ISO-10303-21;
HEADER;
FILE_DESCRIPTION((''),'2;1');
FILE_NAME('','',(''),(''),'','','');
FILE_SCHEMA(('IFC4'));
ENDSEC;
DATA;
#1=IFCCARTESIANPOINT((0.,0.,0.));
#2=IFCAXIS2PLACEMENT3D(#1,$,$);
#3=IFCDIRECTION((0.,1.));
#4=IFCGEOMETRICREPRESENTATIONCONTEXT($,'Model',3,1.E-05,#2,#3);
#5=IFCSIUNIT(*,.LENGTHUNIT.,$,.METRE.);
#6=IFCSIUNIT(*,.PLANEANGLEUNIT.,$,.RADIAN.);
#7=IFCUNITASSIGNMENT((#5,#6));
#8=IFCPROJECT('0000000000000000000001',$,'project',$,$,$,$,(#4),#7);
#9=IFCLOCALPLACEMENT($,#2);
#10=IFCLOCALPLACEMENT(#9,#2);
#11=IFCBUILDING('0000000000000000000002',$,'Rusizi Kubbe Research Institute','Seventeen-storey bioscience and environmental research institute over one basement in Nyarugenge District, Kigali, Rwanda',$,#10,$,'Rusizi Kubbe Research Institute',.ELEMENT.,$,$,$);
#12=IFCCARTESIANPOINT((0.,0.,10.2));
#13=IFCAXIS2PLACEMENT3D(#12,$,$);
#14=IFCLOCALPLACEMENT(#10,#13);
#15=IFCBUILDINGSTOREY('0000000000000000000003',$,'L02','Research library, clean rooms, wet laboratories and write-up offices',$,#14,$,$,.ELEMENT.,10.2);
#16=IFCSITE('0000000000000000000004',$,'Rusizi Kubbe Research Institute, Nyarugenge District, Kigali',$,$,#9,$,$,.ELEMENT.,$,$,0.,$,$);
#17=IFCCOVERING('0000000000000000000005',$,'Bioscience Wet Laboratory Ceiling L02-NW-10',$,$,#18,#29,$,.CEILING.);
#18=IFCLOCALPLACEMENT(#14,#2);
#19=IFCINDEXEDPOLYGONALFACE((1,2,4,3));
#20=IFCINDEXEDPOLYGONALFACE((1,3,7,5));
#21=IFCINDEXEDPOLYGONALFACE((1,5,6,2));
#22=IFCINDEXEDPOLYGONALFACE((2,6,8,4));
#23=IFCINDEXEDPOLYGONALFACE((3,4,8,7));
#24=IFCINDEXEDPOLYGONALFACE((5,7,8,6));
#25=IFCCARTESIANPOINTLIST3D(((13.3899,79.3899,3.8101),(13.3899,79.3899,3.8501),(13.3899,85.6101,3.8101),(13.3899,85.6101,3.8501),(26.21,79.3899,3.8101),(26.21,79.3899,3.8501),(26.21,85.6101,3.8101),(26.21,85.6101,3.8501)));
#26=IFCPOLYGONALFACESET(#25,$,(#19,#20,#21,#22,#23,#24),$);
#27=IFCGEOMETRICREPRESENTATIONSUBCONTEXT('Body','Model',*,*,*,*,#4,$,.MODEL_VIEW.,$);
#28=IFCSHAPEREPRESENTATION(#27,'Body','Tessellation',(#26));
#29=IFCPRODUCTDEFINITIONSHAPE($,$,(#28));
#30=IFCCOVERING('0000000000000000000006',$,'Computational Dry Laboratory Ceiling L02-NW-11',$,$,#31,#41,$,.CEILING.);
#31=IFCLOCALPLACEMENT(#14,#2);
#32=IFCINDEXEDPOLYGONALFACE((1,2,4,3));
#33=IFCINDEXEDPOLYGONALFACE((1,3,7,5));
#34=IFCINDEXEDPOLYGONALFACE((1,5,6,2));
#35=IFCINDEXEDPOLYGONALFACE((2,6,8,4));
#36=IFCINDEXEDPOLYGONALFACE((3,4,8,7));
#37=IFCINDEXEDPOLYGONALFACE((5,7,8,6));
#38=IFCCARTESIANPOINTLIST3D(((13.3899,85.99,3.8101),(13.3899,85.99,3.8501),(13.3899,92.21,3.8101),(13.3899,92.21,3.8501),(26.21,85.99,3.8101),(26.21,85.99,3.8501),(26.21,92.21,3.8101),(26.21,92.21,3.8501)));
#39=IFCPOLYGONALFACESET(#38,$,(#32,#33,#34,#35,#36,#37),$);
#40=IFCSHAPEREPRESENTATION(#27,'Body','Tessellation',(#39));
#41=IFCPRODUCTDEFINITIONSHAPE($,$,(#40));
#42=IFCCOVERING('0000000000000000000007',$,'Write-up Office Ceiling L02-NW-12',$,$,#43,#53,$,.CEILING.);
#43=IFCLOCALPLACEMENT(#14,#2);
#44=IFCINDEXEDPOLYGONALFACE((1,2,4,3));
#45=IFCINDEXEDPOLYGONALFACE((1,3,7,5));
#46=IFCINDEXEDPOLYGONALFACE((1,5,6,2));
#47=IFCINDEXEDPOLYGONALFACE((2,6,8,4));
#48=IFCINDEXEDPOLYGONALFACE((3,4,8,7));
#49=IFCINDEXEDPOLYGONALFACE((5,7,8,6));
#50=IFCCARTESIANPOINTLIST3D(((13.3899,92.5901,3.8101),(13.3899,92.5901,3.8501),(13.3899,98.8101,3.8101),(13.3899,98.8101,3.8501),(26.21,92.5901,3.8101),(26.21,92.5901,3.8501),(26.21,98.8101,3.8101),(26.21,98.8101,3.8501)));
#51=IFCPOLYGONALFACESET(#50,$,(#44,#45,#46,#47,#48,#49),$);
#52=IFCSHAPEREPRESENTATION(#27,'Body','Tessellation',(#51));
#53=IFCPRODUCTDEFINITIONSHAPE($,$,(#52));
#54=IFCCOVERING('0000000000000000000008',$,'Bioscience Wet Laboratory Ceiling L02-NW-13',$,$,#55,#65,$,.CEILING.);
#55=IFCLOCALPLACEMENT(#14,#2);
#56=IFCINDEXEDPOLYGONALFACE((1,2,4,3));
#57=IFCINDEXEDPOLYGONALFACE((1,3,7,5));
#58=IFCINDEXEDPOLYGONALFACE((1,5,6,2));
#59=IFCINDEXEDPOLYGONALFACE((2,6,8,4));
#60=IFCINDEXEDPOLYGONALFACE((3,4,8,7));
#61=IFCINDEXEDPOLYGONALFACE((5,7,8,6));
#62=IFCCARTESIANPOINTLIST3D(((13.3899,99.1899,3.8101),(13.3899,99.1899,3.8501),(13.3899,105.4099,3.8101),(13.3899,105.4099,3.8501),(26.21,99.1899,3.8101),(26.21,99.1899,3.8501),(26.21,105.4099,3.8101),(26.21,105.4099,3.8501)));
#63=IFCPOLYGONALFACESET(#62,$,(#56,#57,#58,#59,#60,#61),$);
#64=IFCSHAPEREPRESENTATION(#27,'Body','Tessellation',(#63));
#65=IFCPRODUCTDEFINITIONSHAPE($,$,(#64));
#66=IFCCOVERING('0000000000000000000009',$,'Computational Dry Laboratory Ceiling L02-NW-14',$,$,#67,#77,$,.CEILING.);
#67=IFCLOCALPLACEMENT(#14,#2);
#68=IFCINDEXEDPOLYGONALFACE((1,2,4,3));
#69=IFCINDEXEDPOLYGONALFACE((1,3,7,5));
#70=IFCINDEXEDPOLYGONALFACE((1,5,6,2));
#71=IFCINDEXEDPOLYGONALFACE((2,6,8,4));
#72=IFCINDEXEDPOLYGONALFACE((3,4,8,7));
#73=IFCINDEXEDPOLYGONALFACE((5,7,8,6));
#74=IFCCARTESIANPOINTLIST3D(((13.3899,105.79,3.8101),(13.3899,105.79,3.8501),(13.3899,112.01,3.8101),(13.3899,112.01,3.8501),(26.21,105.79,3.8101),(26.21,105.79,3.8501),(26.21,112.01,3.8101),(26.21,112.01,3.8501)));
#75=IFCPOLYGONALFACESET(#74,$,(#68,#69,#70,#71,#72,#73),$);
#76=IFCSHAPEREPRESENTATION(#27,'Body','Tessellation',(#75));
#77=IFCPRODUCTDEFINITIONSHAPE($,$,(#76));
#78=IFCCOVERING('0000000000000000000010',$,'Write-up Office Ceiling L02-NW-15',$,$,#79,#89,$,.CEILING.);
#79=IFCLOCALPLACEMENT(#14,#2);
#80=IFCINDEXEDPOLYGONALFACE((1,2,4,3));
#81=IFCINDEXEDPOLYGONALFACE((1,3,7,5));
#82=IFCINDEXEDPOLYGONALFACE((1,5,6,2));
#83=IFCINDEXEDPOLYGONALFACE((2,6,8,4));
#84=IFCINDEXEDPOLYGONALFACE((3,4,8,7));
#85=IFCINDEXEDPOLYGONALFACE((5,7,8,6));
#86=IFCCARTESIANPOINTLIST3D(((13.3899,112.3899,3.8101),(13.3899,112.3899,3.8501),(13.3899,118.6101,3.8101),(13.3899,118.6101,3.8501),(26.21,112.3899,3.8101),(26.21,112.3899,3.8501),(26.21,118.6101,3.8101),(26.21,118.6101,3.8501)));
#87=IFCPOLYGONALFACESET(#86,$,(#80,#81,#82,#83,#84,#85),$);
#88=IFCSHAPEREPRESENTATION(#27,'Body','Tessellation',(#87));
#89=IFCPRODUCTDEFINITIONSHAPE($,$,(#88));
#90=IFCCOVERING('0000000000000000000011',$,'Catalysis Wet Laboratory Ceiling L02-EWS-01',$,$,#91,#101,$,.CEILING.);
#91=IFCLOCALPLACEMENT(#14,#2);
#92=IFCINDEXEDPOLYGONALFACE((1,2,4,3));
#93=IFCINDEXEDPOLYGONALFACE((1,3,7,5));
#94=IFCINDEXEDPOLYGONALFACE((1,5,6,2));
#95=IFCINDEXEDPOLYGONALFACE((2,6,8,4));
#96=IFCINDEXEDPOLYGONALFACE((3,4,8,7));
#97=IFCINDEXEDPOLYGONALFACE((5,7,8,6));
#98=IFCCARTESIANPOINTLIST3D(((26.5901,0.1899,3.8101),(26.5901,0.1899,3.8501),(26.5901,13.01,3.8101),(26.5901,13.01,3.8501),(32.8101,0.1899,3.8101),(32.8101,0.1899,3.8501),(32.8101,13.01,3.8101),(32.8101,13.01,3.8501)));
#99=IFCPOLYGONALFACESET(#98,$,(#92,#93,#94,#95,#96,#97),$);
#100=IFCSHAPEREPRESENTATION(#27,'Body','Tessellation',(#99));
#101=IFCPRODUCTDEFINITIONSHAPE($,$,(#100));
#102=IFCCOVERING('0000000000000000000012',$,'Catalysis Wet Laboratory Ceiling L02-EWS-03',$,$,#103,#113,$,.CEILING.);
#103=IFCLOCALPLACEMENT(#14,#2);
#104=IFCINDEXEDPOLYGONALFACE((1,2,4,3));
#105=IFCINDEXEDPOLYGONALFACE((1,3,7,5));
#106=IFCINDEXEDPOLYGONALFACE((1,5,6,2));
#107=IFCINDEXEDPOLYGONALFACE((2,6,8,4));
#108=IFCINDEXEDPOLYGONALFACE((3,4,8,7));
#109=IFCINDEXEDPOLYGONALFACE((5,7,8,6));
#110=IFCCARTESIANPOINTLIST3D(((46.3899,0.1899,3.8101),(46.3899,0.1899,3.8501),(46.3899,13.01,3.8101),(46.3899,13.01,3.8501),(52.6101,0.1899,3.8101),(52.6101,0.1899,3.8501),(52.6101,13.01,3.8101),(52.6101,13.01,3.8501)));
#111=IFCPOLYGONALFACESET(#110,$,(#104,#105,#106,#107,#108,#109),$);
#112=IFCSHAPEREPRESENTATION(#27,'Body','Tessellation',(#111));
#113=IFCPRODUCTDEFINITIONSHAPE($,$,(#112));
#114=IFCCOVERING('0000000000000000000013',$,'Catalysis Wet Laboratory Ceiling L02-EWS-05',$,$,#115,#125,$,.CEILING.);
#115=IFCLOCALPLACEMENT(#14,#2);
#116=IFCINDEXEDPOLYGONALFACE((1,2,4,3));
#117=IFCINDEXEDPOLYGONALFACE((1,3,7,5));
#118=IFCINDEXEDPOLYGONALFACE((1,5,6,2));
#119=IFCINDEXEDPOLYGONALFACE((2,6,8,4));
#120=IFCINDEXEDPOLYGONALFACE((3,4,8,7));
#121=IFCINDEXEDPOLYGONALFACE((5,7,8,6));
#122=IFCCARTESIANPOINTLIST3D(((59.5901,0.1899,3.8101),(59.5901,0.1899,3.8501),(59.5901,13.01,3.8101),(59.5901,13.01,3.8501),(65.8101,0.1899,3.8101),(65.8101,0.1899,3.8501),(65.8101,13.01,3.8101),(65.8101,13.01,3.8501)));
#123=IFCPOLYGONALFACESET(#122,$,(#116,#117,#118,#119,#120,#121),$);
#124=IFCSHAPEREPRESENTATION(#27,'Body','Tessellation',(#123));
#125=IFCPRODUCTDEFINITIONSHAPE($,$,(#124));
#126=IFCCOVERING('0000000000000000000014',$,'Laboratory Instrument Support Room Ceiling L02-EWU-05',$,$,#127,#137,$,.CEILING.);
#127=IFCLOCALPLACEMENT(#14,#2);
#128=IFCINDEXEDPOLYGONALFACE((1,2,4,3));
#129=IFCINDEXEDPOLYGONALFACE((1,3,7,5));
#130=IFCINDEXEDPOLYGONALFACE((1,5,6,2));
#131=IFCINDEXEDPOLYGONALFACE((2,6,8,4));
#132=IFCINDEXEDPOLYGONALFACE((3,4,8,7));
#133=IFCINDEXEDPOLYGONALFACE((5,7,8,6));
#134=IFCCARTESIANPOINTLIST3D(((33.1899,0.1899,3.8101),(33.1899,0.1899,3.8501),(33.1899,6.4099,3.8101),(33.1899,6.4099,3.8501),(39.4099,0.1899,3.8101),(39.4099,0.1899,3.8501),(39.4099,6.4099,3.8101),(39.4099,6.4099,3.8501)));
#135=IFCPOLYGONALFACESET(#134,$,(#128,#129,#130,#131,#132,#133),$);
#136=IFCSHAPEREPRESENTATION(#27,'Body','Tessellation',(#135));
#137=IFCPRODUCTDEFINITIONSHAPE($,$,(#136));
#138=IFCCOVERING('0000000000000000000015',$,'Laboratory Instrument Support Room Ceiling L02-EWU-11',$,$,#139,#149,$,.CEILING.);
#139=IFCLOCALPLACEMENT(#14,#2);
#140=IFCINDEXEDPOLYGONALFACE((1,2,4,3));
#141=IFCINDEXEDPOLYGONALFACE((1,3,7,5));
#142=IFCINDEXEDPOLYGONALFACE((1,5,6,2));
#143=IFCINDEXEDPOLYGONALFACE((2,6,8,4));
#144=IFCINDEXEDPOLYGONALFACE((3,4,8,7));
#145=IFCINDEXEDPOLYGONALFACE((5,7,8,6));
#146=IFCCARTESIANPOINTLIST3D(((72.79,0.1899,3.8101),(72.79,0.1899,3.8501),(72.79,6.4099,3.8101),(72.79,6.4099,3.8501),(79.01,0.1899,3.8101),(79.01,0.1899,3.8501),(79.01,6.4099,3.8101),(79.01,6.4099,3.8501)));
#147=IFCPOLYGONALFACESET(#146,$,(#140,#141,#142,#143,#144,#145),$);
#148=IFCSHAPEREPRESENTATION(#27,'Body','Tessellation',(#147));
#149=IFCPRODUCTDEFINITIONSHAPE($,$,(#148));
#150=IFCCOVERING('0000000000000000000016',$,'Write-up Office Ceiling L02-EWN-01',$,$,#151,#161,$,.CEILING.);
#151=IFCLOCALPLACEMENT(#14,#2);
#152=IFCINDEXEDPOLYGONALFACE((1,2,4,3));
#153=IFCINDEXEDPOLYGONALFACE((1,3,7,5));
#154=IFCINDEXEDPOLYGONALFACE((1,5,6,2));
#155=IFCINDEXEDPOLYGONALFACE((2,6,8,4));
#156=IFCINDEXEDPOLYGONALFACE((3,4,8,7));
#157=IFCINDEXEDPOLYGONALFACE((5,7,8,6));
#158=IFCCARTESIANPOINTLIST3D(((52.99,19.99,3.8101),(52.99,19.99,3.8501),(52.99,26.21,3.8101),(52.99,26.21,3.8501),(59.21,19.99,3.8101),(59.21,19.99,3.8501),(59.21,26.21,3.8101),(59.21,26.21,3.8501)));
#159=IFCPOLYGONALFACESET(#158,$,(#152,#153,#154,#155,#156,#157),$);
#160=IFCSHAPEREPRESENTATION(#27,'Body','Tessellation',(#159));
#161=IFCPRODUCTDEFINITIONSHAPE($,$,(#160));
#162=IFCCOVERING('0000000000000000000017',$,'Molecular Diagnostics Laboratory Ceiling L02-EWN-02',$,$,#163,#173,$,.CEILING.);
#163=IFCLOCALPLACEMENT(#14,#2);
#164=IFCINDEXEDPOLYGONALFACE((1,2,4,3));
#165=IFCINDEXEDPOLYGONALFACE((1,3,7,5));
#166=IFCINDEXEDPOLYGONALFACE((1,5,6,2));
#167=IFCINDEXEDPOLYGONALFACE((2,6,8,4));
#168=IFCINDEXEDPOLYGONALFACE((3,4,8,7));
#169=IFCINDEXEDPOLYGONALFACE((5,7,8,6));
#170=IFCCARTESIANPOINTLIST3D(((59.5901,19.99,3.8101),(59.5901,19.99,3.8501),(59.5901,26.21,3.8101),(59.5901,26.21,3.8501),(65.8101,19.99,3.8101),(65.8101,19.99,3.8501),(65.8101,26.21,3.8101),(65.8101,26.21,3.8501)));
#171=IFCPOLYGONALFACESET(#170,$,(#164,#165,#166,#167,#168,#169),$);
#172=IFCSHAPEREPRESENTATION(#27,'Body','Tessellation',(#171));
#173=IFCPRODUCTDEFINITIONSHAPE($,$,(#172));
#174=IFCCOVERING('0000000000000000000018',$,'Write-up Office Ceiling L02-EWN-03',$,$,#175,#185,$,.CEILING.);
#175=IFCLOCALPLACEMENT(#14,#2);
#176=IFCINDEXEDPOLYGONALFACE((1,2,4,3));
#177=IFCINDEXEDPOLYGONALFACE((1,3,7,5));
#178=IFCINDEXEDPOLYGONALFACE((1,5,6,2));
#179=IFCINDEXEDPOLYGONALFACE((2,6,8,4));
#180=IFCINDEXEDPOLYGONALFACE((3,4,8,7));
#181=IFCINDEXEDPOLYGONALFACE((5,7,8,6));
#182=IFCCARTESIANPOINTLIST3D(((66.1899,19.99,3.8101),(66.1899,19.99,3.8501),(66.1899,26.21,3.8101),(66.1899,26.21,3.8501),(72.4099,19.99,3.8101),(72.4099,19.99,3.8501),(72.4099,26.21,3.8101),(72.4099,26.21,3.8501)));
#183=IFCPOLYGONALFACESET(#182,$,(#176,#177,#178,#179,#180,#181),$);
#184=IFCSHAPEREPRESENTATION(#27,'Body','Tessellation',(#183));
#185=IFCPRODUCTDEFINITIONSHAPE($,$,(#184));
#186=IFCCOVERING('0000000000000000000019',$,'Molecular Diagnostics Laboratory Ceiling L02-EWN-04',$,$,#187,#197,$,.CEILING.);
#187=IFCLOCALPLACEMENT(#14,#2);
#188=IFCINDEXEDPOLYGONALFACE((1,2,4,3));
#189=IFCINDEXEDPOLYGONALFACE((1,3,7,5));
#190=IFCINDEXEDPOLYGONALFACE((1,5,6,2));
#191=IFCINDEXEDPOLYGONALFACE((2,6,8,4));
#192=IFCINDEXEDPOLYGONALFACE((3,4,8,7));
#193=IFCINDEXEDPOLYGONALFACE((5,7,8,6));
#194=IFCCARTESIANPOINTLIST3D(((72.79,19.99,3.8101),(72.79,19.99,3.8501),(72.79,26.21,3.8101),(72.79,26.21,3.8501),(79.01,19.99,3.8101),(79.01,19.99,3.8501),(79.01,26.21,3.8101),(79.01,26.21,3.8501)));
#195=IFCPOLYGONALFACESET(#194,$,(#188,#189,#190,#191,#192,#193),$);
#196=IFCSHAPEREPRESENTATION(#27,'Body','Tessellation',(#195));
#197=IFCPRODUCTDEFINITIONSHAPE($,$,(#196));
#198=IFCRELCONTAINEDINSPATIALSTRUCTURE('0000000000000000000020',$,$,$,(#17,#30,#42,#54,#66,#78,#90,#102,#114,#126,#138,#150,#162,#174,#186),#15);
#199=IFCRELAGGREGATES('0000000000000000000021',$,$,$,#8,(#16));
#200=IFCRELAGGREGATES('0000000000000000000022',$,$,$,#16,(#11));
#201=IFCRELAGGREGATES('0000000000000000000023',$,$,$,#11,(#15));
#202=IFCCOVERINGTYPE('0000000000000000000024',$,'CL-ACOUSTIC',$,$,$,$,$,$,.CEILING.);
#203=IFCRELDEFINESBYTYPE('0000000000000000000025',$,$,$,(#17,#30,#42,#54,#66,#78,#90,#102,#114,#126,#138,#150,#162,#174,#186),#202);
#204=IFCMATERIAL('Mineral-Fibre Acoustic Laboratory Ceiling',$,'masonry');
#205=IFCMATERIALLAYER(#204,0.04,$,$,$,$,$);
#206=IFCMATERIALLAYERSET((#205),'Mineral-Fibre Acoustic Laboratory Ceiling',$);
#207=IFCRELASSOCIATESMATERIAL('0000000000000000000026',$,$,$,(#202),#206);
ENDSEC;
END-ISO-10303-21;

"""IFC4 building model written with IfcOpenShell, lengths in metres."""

from ifc_helpers import new_model, si_unit, direction, frame, origin, place, context, subcontext, project, spatial, polyline, outline, extrude, material, layer, layer_set, type_object, element, save


model = new_model("IFC4")

# Units and contexts
model_context = context("Model", 3, precision=1e-05, world=origin(), true_north=direction((0.0, 1.0)))
body_context = subcontext(model_context, "Body", "Model", "MODEL_VIEW")
ifc_project = project(units=[si_unit("LENGTHUNIT", "METRE"), si_unit("PLANEANGLEUNIT", "RADIAN")], contexts=[model_context])

# Site, building, storey
site_placement = place(None, origin())
site = spatial("IfcSite", under=ifc_project, at=site_placement, Name="Rusizi Kubbe Research Institute, Nyarugenge District, Kigali", CompositionType="ELEMENT", RefElevation=0.0)
building_placement = place(site_placement, origin())
building = spatial("IfcBuilding", under=site, at=building_placement, Name="Rusizi Kubbe Research Institute", Description="Seventeen-storey bioscience and environmental research institute over one basement in Nyarugenge District, Kigali, Rwanda", LongName="Rusizi Kubbe Research Institute", CompositionType="ELEMENT")
storey_placement = place(building_placement, frame((0.0, 0.0, 10.2)))
storey = spatial("IfcBuildingStorey", under=building, at=storey_placement, Name="L02", Description="Research library, clean rooms, wet laboratories and write-up offices", CompositionType="ELEMENT", Elevation=10.2)

# Coverings
ifc_material_1 = material(Name="Mineral-Fibre Acoustic Laboratory Ceiling", Category="masonry")
ifc_layer_1 = layer(ifc_material_1, 0.04)
ifc_layer_set_1 = layer_set([ifc_layer_1], Name="Mineral-Fibre Acoustic Laboratory Ceiling")
covering_type_1 = type_object("IfcCoveringType", Name="CL-ACOUSTIC", PredefinedType="CEILING", material=ifc_layer_set_1)
covering_1_placement = place(storey_placement, frame((0.0, 0.0, 3.8101)))
element("IfcCovering", 1, at=covering_1_placement, inside=storey, type_object=covering_type_1, Name="Bioscience Wet Laboratory Ceiling L02-NW-10", PredefinedType="CEILING", context=body_context, shape_type="SweptSolid", body=[
    extrude(outline(polyline([(13.3899, 79.3899), (26.21, 79.3899), (26.21, 85.6101), (13.3899, 85.6101), (13.3899, 79.3899)])), origin(), (0.0, 0.0, 1.0), 0.04),
])
covering_2_placement = place(storey_placement, frame((0.0, 0.0, 3.8101)))
element("IfcCovering", 2, at=covering_2_placement, inside=storey, type_object=covering_type_1, Name="Computational Dry Laboratory Ceiling L02-NW-11", PredefinedType="CEILING", context=body_context, shape_type="SweptSolid", body=[
    extrude(outline(polyline([(13.3899, 85.99), (26.21, 85.99), (26.21, 92.21), (13.3899, 92.21), (13.3899, 85.99)])), origin(), (0.0, 0.0, 1.0), 0.04),
])
covering_3_placement = place(storey_placement, frame((0.0, 0.0, 3.8101)))
element("IfcCovering", 3, at=covering_3_placement, inside=storey, type_object=covering_type_1, Name="Write-up Office Ceiling L02-NW-12", PredefinedType="CEILING", context=body_context, shape_type="SweptSolid", body=[
    extrude(outline(polyline([(13.3899, 92.5901), (26.21, 92.5901), (26.21, 98.8101), (13.3899, 98.8101), (13.3899, 92.5901)])), origin(), (0.0, 0.0, 1.0), 0.04),
])
covering_4_placement = place(storey_placement, frame((0.0, 0.0, 3.8101)))
element("IfcCovering", 4, at=covering_4_placement, inside=storey, type_object=covering_type_1, Name="Bioscience Wet Laboratory Ceiling L02-NW-13", PredefinedType="CEILING", context=body_context, shape_type="SweptSolid", body=[
    extrude(outline(polyline([(13.3899, 99.1899), (26.21, 99.1899), (26.21, 105.4099), (13.3899, 105.4099), (13.3899, 99.1899)])), origin(), (0.0, 0.0, 1.0), 0.04),
])
covering_5_placement = place(storey_placement, frame((0.0, 0.0, 3.8101)))
element("IfcCovering", 5, at=covering_5_placement, inside=storey, type_object=covering_type_1, Name="Computational Dry Laboratory Ceiling L02-NW-14", PredefinedType="CEILING", context=body_context, shape_type="SweptSolid", body=[
    extrude(outline(polyline([(13.3899, 105.79), (26.21, 105.79), (26.21, 112.01), (13.3899, 112.01), (13.3899, 105.79)])), origin(), (0.0, 0.0, 1.0), 0.04),
])
covering_6_placement = place(storey_placement, frame((0.0, 0.0, 3.8101)))
element("IfcCovering", 6, at=covering_6_placement, inside=storey, type_object=covering_type_1, Name="Write-up Office Ceiling L02-NW-15", PredefinedType="CEILING", context=body_context, shape_type="SweptSolid", body=[
    extrude(outline(polyline([(13.3899, 112.3899), (26.21, 112.3899), (26.21, 118.6101), (13.3899, 118.6101), (13.3899, 112.3899)])), origin(), (0.0, 0.0, 1.0), 0.04),
])
covering_7_placement = place(storey_placement, frame((0.0, 0.0, 3.8101)))
element("IfcCovering", 7, at=covering_7_placement, inside=storey, type_object=covering_type_1, Name="Catalysis Wet Laboratory Ceiling L02-EWS-01", PredefinedType="CEILING", context=body_context, shape_type="SweptSolid", body=[
    extrude(outline(polyline([(26.5901, 0.1899), (32.8101, 0.1899), (32.8101, 13.01), (26.5901, 13.01), (26.5901, 0.1899)])), origin(), (0.0, 0.0, 1.0), 0.04),
])
covering_8_placement = place(storey_placement, frame((0.0, 0.0, 3.8101)))
element("IfcCovering", 8, at=covering_8_placement, inside=storey, type_object=covering_type_1, Name="Catalysis Wet Laboratory Ceiling L02-EWS-03", PredefinedType="CEILING", context=body_context, shape_type="SweptSolid", body=[
    extrude(outline(polyline([(46.3899, 0.1899), (52.6101, 0.1899), (52.6101, 13.01), (46.3899, 13.01), (46.3899, 0.1899)])), origin(), (0.0, 0.0, 1.0), 0.04),
])
covering_9_placement = place(storey_placement, frame((0.0, 0.0, 3.8101)))
element("IfcCovering", 9, at=covering_9_placement, inside=storey, type_object=covering_type_1, Name="Catalysis Wet Laboratory Ceiling L02-EWS-05", PredefinedType="CEILING", context=body_context, shape_type="SweptSolid", body=[
    extrude(outline(polyline([(59.5901, 0.1899), (65.8101, 0.1899), (65.8101, 13.01), (59.5901, 13.01), (59.5901, 0.1899)])), origin(), (0.0, 0.0, 1.0), 0.04),
])
covering_10_placement = place(storey_placement, frame((0.0, 0.0, 3.8101)))
element("IfcCovering", 10, at=covering_10_placement, inside=storey, type_object=covering_type_1, Name="Laboratory Instrument Support Room Ceiling L02-EWU-05", PredefinedType="CEILING", context=body_context, shape_type="SweptSolid", body=[
    extrude(outline(polyline([(33.1899, 0.1899), (39.4099, 0.1899), (39.4099, 6.4099), (33.1899, 6.4099), (33.1899, 0.1899)])), origin(), (0.0, 0.0, 1.0), 0.04),
])
covering_11_placement = place(storey_placement, frame((0.0, 0.0, 3.8101)))
element("IfcCovering", 11, at=covering_11_placement, inside=storey, type_object=covering_type_1, Name="Laboratory Instrument Support Room Ceiling L02-EWU-11", PredefinedType="CEILING", context=body_context, shape_type="SweptSolid", body=[
    extrude(outline(polyline([(72.79, 0.1899), (79.01, 0.1899), (79.01, 6.4099), (72.79, 6.4099), (72.79, 0.1899)])), origin(), (0.0, 0.0, 1.0), 0.04),
])
covering_12_placement = place(storey_placement, frame((0.0, 0.0, 3.8101)))
element("IfcCovering", 12, at=covering_12_placement, inside=storey, type_object=covering_type_1, Name="Write-up Office Ceiling L02-EWN-01", PredefinedType="CEILING", context=body_context, shape_type="SweptSolid", body=[
    extrude(outline(polyline([(52.99, 19.99), (59.21, 19.99), (59.21, 26.21), (52.99, 26.21), (52.99, 19.99)])), origin(), (0.0, 0.0, 1.0), 0.04),
])
covering_13_placement = place(storey_placement, frame((0.0, 0.0, 3.8101)))
element("IfcCovering", 13, at=covering_13_placement, inside=storey, type_object=covering_type_1, Name="Molecular Diagnostics Laboratory Ceiling L02-EWN-02", PredefinedType="CEILING", context=body_context, shape_type="SweptSolid", body=[
    extrude(outline(polyline([(59.5901, 19.99), (65.8101, 19.99), (65.8101, 26.21), (59.5901, 26.21), (59.5901, 19.99)])), origin(), (0.0, 0.0, 1.0), 0.04),
])
covering_14_placement = place(storey_placement, frame((0.0, 0.0, 3.8101)))
element("IfcCovering", 14, at=covering_14_placement, inside=storey, type_object=covering_type_1, Name="Write-up Office Ceiling L02-EWN-03", PredefinedType="CEILING", context=body_context, shape_type="SweptSolid", body=[
    extrude(outline(polyline([(66.1899, 19.99), (72.4099, 19.99), (72.4099, 26.21), (66.1899, 26.21), (66.1899, 19.99)])), origin(), (0.0, 0.0, 1.0), 0.04),
])
covering_15_placement = place(storey_placement, frame((0.0, 0.0, 3.8101)))
element("IfcCovering", 15, at=covering_15_placement, inside=storey, type_object=covering_type_1, Name="Molecular Diagnostics Laboratory Ceiling L02-EWN-04", PredefinedType="CEILING", context=body_context, shape_type="SweptSolid", body=[
    extrude(outline(polyline([(72.79, 19.99), (79.01, 19.99), (79.01, 26.21), (72.79, 26.21), (72.79, 19.99)])), origin(), (0.0, 0.0, 1.0), 0.04),
])

save(model, "model.ifc")
